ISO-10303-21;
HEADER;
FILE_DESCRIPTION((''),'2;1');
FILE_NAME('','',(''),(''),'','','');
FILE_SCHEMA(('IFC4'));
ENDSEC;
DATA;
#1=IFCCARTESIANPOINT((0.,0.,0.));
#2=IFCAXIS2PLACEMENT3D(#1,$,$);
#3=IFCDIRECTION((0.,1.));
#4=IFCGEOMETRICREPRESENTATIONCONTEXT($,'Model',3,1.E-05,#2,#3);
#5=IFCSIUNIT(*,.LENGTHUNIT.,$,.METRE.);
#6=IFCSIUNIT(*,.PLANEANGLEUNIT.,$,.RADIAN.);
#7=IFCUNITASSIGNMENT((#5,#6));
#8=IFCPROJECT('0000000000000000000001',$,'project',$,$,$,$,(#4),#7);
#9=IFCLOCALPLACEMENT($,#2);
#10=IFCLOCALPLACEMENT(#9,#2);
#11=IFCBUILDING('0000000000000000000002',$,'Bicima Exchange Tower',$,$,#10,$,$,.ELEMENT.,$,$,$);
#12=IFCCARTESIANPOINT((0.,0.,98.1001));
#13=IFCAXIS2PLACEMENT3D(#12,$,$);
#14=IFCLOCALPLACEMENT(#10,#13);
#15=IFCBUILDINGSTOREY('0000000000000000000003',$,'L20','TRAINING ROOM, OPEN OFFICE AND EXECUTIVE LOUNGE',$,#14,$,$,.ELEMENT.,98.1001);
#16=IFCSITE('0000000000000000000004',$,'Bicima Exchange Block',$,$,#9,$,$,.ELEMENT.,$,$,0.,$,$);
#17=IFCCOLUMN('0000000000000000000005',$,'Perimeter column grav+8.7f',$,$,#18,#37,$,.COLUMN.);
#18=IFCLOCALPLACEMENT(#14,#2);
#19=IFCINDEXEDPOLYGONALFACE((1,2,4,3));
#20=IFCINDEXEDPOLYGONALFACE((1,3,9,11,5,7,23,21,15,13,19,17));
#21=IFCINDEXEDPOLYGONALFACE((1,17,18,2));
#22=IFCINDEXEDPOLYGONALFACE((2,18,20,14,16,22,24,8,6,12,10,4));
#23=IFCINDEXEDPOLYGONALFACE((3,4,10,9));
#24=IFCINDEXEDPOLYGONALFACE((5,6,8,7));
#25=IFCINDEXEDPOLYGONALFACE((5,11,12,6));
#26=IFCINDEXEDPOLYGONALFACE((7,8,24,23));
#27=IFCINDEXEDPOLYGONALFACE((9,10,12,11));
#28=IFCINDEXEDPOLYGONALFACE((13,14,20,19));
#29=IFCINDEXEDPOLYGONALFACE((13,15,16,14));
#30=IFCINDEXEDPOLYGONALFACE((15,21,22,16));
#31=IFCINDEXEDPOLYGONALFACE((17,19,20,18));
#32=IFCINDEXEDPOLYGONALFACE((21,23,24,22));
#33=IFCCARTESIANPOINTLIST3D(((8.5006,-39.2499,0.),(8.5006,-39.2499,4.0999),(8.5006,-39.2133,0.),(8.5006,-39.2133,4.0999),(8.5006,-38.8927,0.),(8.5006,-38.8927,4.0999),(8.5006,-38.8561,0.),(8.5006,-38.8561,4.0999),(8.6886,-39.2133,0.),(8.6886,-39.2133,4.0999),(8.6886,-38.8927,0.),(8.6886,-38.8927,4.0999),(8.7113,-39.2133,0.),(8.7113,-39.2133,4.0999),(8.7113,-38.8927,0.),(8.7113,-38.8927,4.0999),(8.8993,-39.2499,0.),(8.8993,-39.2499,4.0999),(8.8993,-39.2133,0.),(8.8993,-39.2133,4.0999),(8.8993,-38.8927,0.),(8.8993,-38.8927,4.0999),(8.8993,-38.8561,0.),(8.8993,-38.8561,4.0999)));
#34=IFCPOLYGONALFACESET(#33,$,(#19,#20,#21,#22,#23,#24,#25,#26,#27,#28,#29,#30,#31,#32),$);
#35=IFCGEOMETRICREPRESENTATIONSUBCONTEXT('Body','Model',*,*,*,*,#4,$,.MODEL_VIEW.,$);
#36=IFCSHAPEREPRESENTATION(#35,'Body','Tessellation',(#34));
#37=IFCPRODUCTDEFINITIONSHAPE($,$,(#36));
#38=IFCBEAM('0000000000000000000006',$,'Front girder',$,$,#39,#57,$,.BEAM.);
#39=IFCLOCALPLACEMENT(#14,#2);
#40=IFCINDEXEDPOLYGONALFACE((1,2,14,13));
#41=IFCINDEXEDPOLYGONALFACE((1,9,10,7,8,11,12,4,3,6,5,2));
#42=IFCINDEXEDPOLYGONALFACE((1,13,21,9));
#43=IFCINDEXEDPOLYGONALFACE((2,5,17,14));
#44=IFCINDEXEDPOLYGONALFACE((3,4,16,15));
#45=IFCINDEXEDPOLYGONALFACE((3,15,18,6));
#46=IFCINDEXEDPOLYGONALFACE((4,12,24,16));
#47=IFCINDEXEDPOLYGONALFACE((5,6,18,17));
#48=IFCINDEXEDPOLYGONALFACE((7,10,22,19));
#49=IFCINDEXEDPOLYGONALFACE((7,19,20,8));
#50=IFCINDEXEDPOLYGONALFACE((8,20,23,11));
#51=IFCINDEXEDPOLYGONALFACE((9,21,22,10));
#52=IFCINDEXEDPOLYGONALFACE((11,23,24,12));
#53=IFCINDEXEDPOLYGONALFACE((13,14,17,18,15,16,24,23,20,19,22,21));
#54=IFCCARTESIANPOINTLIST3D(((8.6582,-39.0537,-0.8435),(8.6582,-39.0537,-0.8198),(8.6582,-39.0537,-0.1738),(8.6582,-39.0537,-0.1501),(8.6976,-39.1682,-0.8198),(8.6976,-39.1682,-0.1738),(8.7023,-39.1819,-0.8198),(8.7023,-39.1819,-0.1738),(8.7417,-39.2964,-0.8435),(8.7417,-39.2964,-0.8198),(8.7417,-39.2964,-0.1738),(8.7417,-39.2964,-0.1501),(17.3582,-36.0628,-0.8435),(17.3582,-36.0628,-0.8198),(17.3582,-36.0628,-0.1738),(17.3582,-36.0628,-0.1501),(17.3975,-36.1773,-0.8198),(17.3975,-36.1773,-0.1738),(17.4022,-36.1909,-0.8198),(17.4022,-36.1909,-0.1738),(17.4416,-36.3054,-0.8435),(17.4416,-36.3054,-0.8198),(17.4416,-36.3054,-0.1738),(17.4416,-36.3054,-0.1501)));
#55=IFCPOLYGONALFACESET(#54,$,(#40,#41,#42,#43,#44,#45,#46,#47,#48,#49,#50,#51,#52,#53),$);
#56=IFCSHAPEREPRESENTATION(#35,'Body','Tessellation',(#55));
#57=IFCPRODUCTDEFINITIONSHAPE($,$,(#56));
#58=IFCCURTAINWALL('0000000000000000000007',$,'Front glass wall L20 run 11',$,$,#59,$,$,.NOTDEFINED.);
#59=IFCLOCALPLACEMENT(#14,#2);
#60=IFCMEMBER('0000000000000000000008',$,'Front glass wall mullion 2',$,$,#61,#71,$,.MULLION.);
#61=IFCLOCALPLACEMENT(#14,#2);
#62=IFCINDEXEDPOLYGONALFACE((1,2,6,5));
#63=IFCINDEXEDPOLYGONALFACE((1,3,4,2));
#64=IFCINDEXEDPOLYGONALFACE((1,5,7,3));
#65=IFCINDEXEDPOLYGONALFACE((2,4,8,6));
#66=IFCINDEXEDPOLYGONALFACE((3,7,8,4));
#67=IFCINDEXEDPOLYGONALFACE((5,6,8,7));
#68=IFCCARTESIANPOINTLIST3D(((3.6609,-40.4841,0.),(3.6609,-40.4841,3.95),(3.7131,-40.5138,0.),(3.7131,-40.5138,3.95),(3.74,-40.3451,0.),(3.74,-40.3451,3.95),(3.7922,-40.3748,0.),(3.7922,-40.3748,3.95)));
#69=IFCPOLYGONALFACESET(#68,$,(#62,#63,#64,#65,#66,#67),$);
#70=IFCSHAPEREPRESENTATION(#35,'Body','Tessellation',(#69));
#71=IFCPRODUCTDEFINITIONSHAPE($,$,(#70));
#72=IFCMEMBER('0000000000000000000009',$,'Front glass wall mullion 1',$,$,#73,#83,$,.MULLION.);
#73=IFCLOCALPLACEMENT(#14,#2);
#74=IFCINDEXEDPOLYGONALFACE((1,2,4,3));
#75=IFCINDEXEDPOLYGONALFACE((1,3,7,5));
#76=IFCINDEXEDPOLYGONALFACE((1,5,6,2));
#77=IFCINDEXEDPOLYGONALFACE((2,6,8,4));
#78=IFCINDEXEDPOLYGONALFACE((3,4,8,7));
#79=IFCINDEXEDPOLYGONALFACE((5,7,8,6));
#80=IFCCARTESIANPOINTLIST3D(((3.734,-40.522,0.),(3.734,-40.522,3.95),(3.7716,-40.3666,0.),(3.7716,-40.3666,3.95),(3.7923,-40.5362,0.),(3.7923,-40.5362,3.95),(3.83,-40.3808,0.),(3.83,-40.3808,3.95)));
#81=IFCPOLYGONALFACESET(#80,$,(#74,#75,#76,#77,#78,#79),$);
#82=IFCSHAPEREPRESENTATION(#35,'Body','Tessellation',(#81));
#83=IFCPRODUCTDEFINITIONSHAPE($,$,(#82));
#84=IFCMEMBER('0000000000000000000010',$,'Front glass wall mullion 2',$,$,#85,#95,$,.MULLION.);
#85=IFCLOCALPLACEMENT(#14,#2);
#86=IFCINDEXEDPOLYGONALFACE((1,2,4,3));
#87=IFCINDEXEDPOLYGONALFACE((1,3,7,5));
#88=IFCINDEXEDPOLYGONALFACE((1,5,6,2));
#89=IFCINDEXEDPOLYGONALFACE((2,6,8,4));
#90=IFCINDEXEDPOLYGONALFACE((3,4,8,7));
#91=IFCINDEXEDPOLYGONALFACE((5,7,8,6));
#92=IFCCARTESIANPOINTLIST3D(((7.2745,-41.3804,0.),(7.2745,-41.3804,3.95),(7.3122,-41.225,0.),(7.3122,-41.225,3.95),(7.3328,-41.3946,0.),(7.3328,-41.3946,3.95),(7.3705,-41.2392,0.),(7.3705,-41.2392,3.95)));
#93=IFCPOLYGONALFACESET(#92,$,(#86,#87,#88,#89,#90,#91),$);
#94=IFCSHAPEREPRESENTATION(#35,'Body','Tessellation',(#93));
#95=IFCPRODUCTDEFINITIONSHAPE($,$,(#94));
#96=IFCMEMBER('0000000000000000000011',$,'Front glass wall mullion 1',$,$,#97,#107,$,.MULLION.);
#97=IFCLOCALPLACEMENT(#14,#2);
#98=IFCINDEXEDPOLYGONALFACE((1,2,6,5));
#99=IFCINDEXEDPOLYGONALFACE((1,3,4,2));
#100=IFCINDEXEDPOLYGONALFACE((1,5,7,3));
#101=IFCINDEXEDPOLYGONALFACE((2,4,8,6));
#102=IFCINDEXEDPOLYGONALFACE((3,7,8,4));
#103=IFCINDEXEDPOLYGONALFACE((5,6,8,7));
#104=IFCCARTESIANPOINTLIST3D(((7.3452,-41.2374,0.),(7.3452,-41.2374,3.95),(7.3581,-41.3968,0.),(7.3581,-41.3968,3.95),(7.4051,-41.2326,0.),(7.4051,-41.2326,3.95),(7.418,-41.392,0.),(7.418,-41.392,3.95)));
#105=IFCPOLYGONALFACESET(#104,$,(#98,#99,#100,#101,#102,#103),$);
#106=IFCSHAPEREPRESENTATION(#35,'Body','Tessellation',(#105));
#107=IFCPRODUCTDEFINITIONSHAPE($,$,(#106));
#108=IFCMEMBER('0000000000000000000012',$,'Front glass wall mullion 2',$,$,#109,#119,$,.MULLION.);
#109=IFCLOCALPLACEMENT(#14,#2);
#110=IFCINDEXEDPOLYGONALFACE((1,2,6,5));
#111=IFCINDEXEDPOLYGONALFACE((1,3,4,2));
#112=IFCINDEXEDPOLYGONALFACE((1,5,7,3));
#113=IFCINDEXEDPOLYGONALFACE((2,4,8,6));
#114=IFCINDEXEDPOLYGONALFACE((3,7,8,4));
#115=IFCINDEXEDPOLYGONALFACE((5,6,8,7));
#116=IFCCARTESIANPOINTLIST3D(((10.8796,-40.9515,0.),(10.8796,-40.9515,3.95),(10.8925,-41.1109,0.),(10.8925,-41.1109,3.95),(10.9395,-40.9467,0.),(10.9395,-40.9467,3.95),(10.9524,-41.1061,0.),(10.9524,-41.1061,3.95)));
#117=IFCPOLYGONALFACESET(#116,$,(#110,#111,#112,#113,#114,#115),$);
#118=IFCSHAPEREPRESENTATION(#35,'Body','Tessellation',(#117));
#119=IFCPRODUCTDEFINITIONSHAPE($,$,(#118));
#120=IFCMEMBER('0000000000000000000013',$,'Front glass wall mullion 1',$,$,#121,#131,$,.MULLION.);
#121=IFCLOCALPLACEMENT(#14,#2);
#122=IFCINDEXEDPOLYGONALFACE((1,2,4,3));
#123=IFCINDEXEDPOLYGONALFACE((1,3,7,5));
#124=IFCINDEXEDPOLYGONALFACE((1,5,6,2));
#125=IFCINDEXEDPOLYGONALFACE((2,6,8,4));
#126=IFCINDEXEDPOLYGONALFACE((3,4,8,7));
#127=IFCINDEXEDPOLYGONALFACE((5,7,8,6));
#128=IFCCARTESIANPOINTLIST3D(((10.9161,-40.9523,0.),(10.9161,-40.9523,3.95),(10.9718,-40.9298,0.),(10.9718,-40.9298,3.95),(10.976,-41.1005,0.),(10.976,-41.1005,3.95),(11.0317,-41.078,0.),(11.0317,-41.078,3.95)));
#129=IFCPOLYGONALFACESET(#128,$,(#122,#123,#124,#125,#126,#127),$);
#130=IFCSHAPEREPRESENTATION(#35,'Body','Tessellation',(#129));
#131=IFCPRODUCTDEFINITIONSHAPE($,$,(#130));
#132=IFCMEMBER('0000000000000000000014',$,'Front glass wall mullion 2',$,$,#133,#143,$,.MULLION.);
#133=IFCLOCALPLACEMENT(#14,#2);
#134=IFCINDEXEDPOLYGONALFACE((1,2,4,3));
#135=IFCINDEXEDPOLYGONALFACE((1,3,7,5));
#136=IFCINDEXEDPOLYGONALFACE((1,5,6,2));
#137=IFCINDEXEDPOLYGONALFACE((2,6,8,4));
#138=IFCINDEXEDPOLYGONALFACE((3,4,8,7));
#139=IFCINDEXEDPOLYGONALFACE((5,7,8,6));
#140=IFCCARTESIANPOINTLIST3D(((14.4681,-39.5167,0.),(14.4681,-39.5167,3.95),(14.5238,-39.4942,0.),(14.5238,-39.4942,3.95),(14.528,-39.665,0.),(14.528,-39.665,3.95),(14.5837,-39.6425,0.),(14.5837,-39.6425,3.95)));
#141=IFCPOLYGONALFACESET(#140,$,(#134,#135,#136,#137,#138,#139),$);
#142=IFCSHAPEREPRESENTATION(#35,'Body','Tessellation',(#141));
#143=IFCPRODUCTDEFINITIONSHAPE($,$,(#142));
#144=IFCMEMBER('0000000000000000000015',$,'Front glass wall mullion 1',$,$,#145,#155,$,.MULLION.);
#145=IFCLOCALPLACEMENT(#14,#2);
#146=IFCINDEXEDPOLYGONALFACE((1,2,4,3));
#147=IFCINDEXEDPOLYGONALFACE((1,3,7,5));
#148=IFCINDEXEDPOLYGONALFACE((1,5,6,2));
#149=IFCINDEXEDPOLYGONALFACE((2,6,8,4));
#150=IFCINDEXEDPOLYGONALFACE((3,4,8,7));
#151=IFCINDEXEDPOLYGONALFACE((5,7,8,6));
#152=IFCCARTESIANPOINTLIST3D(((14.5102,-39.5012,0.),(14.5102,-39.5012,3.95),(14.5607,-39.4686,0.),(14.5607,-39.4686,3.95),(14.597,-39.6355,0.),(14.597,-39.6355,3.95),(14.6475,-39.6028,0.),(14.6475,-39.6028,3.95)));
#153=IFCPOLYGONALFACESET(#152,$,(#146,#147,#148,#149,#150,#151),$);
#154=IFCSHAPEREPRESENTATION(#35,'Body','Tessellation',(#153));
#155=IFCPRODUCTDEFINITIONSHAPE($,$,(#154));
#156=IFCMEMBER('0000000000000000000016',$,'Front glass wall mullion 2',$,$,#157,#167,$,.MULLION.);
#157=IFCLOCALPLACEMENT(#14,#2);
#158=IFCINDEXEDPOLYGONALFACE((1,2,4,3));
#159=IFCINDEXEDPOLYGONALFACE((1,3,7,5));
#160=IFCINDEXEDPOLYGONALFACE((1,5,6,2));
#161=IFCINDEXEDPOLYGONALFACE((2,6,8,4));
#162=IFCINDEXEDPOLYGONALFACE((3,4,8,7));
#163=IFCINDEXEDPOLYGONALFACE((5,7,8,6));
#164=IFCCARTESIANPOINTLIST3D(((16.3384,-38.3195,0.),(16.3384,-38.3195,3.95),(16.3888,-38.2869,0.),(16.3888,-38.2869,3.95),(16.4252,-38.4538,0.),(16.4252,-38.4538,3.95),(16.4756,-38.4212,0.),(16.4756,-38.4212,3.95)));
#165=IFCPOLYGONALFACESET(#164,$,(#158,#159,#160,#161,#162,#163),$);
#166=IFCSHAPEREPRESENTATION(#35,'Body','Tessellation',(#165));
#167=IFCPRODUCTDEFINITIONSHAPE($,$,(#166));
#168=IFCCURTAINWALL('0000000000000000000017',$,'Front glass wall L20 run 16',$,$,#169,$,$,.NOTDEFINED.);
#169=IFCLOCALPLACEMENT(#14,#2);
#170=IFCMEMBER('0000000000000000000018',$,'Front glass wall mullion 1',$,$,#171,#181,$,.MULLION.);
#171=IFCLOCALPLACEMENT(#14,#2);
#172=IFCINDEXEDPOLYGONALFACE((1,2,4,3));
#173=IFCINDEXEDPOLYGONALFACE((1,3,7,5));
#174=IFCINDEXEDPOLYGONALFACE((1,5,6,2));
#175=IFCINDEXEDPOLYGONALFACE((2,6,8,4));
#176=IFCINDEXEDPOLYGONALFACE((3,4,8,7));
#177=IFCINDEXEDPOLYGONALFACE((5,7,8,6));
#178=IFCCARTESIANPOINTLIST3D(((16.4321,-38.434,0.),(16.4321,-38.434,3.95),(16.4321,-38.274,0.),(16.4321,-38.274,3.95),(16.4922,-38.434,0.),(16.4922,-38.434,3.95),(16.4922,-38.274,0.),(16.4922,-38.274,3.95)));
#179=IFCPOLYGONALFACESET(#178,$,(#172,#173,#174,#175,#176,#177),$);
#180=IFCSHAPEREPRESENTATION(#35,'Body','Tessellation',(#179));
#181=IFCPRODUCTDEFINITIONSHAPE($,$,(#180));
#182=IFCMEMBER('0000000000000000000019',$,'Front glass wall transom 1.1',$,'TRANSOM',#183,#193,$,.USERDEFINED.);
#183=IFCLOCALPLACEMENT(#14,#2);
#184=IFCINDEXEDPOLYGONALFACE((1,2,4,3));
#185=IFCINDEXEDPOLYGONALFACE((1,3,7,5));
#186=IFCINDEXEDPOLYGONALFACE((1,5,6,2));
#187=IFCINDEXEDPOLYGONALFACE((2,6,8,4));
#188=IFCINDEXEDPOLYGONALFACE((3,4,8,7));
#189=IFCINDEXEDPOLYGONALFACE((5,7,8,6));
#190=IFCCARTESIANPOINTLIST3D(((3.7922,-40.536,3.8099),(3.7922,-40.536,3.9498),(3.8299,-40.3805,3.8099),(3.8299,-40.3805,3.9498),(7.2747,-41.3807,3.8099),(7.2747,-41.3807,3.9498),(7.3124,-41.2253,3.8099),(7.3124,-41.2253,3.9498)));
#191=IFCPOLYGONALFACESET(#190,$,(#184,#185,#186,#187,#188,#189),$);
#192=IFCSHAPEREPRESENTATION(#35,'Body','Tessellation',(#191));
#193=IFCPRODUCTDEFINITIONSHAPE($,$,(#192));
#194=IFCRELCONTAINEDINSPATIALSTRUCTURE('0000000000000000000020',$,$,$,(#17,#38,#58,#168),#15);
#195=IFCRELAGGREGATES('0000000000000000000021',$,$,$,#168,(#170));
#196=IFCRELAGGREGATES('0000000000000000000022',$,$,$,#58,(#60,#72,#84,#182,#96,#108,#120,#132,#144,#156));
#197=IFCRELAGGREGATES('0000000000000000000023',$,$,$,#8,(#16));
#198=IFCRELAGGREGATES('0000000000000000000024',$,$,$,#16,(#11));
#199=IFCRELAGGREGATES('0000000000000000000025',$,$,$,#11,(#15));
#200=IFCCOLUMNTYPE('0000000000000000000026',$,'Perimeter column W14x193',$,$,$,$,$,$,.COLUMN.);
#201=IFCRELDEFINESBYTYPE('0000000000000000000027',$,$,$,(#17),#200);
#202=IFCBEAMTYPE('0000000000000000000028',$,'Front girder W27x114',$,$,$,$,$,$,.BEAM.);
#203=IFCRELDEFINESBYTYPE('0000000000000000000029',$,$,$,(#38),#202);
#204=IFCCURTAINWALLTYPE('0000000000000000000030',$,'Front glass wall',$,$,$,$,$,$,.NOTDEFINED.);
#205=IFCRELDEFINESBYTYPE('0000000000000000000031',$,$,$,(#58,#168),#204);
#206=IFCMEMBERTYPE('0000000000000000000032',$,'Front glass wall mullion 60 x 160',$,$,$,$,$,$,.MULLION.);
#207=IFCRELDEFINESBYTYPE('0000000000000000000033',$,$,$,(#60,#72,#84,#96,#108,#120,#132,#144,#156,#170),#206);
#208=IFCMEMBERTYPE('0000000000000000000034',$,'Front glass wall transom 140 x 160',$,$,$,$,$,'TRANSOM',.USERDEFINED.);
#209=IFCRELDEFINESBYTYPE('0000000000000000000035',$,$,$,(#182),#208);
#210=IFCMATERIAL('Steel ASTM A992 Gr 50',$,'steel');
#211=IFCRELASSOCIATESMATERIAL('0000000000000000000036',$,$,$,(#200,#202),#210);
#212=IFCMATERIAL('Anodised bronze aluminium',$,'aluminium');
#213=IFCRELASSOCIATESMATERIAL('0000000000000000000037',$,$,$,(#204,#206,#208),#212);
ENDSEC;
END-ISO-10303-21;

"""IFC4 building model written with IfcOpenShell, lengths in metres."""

from ifc_helpers import new_model, si_unit, direction, frame, origin, origin_2d, place, context, subcontext, project, spatial, rectangle, i_section, extrude, material, material_profile, profile_set, type_object, element, aggregate, save


model = new_model("IFC4")

# Units and contexts
model_context = context("Model", 3, precision=1e-05, world=origin(), true_north=direction((0.0, 1.0)))
body_context = subcontext(model_context, "Body", "Model", "MODEL_VIEW")
ifc_project = project(units=[si_unit("LENGTHUNIT", "METRE"), si_unit("PLANEANGLEUNIT", "RADIAN")], contexts=[model_context])

# Site, building, storey
site_placement = place(None, origin())
site = spatial("IfcSite", under=ifc_project, at=site_placement, Name="Bicima Exchange Block", CompositionType="ELEMENT", RefElevation=0.0)
building_placement = place(site_placement, origin())
building = spatial("IfcBuilding", under=site, at=building_placement, Name="Bicima Exchange Tower", CompositionType="ELEMENT")
storey_placement = place(building_placement, frame((0.0, 0.0, 98.1001)))
storey = spatial("IfcBuildingStorey", under=building, at=storey_placement, Name="L20", Description="TRAINING ROOM, OPEN OFFICE AND EXECUTIVE LOUNGE", CompositionType="ELEMENT", Elevation=98.1001)

# Column
ifc_material_1 = material(Name="Steel ASTM A992 Gr 50", Category="steel")
ifc_material_profile_1 = material_profile(ifc_material_1, i_section(OverallWidth=0.3987, OverallDepth=0.3938, WebThickness=0.0227, FlangeThickness=0.0366, at=origin_2d()))
ifc_profile_set_1 = profile_set([ifc_material_profile_1], Name="Steel ASTM A992 Gr 50")
column_type = type_object("IfcColumnType", Name="Perimeter column W14x193", PredefinedType="COLUMN", material=ifc_profile_set_1)
column_placement = place(storey_placement, frame((8.7, -39.053, 0.0), z_axis=(0.0, 0.0, 1.0), x_axis=(1.0, 0.0, 0.0)))
element("IfcColumn", 1, at=column_placement, inside=storey, type_object=column_type, Name="Perimeter column grav+8.7f", PredefinedType="COLUMN", context=body_context, shape_type="SweptSolid", body=[
    extrude(i_section(OverallWidth=0.3987, OverallDepth=0.3938, WebThickness=0.0227, FlangeThickness=0.0366, at=origin_2d()), origin(), (0.0, 0.0, 1.0), 4.0999),
])

# Beam
ifc_material_profile_2 = material_profile(ifc_material_1, i_section(OverallWidth=0.2566, OverallDepth=0.6934, WebThickness=0.0144, FlangeThickness=0.0237, at=origin_2d()))
ifc_profile_set_2 = profile_set([ifc_material_profile_2], Name="Steel ASTM A992 Gr 50")
beam_type = type_object("IfcBeamType", Name="Front girder W27x114", PredefinedType="BEAM", material=ifc_profile_set_2)
beam_placement = place(storey_placement, frame((8.7, -39.175, -0.4968), z_axis=(0.945675, 0.325115, 0.0), x_axis=(-0.325115, 0.945675, 0.0)))
element("IfcBeam", 2, at=beam_placement, inside=storey, type_object=beam_type, Name="Front girder", PredefinedType="BEAM", context=body_context, shape_type="SweptSolid", body=[
    extrude(i_section(OverallWidth=0.2566, OverallDepth=0.6934, WebThickness=0.0144, FlangeThickness=0.0237, at=origin_2d()), origin(), (0.0, 0.0, 1.0), 9.1997),
])

# Curtain wall, members
ifc_material_2 = material(Name="Anodised bronze aluminium", Category="aluminium")
curtain_wall_type = type_object("IfcCurtainWallType", Name="Front glass wall", PredefinedType="NOTDEFINED", material=ifc_material_2)
curtain_wall_1_placement = place(storey_placement, origin())
curtain_wall_1 = element("IfcCurtainWall", 3, at=curtain_wall_1_placement, inside=storey, type_object=curtain_wall_type, Name="Front glass wall L20 run 11", PredefinedType="NOTDEFINED")
ifc_material_profile_3 = material_profile(ifc_material_2, rectangle(XDim=0.1599, YDim=0.0601, at=origin_2d()))
ifc_profile_set_3 = profile_set([ifc_material_profile_3], Name="Anodised bronze aluminium")
member_type_1 = type_object("IfcMemberType", Name="Front glass wall mullion 60 x 160", PredefinedType="MULLION", material=ifc_profile_set_3)
member_1_placement = place(storey_placement, frame((3.7266, -40.4294, 0.0), z_axis=(0.0, 0.0, 1.0), x_axis=(0.49433, 0.869274, 0.0)))
member_1 = element("IfcMember", 4, at=member_1_placement, type_object=member_type_1, Name="Front glass wall mullion 2", PredefinedType="MULLION", context=body_context, shape_type="SweptSolid", body=[
    extrude(rectangle(XDim=0.1599, YDim=0.0601, at=origin_2d()), origin(), (0.0, 0.0, 1.0), 3.95),
])
member_2_placement = place(storey_placement, frame((3.782, -40.4514, 0.0), z_axis=(0.0, 0.0, 1.0), x_axis=(0.235682, 0.97183, 0.0)))
member_2 = element("IfcMember", 5, at=member_2_placement, type_object=member_type_1, Name="Front glass wall mullion 1", PredefinedType="MULLION", context=body_context, shape_type="SweptSolid", body=[
    extrude(rectangle(XDim=0.1599, YDim=0.0601, at=origin_2d()), origin(), (0.0, 0.0, 1.0), 3.95),
])
member_3_placement = place(storey_placement, frame((7.3225, -41.3098, 0.0), z_axis=(0.0, 0.0, 1.0), x_axis=(0.235682, 0.97183, 0.0)))
member_3 = element("IfcMember", 6, at=member_3_placement, type_object=member_type_1, Name="Front glass wall mullion 2", PredefinedType="MULLION", context=body_context, shape_type="SweptSolid", body=[
    extrude(rectangle(XDim=0.1599, YDim=0.0601, at=origin_2d()), origin(), (0.0, 0.0, 1.0), 3.95),
])
member_4_placement = place(storey_placement, frame((7.3816, -41.3147, 0.0), z_axis=(0.0, 0.0, 1.0), x_axis=(-0.080589, 0.996747, 0.0)))
member_4 = element("IfcMember", 7, at=member_4_placement, type_object=member_type_1, Name="Front glass wall mullion 1", PredefinedType="MULLION", context=body_context, shape_type="SweptSolid", body=[
    extrude(rectangle(XDim=0.1599, YDim=0.0601, at=origin_2d()), origin(), (0.0, 0.0, 1.0), 3.95),
])
member_5_placement = place(storey_placement, frame((10.916, -41.0288, 0.0), z_axis=(0.0, 0.0, 1.0), x_axis=(-0.080589, 0.996747, 0.0)))
member_5 = element("IfcMember", 8, at=member_5_placement, type_object=member_type_1, Name="Front glass wall mullion 2", PredefinedType="MULLION", context=body_context, shape_type="SweptSolid", body=[
    extrude(rectangle(XDim=0.1599, YDim=0.0601, at=origin_2d()), origin(), (0.0, 0.0, 1.0), 3.95),
])
member_6_placement = place(storey_placement, frame((10.9739, -41.0151, 0.0), z_axis=(0.0, 0.0, 1.0), x_axis=(-0.374705, 0.927144, 0.0)))
member_6 = element("IfcMember", 9, at=member_6_placement, type_object=member_type_1, Name="Front glass wall mullion 1", PredefinedType="MULLION", context=body_context, shape_type="SweptSolid", body=[
    extrude(rectangle(XDim=0.1599, YDim=0.0601, at=origin_2d()), origin(), (0.0, 0.0, 1.0), 3.95),
])
member_7_placement = place(storey_placement, frame((14.5259, -39.5796, 0.0), z_axis=(0.0, 0.0, 1.0), x_axis=(-0.374705, 0.927144, 0.0)))
member_7 = element("IfcMember", 10, at=member_7_placement, type_object=member_type_1, Name="Front glass wall mullion 2", PredefinedType="MULLION", context=body_context, shape_type="SweptSolid", body=[
    extrude(rectangle(XDim=0.1599, YDim=0.0601, at=origin_2d()), origin(), (0.0, 0.0, 1.0), 3.95),
])
member_8_placement = place(storey_placement, frame((14.5789, -39.552, 0.0), z_axis=(0.0, 0.0, 1.0), x_axis=(-0.542909, 0.839791, 0.0)))
member_8 = element("IfcMember", 11, at=member_8_placement, type_object=member_type_1, Name="Front glass wall mullion 1", PredefinedType="MULLION", context=body_context, shape_type="SweptSolid", body=[
    extrude(rectangle(XDim=0.1599, YDim=0.0601, at=origin_2d()), origin(), (0.0, 0.0, 1.0), 3.95),
])
member_9_placement = place(storey_placement, frame((16.407, -38.3704, 0.0), z_axis=(0.0, 0.0, 1.0), x_axis=(-0.542909, 0.839791, 0.0)))
member_9 = element("IfcMember", 12, at=member_9_placement, type_object=member_type_1, Name="Front glass wall mullion 2", PredefinedType="MULLION", context=body_context, shape_type="SweptSolid", body=[
    extrude(rectangle(XDim=0.1599, YDim=0.0601, at=origin_2d()), origin(), (0.0, 0.0, 1.0), 3.95),
])

# Curtain wall, member
curtain_wall_2_placement = place(storey_placement, origin())
curtain_wall_2 = element("IfcCurtainWall", 13, at=curtain_wall_2_placement, inside=storey, type_object=curtain_wall_type, Name="Front glass wall L20 run 16", PredefinedType="NOTDEFINED")
member_10_placement = place(storey_placement, frame((16.4622, -38.354, 0.0), z_axis=(0.0, 0.0, 1.0), x_axis=(0.0, 1.0, 0.0)))
member_10 = element("IfcMember", 14, at=member_10_placement, type_object=member_type_1, Name="Front glass wall mullion 1", PredefinedType="MULLION", context=body_context, shape_type="SweptSolid", body=[
    extrude(rectangle(XDim=0.1599, YDim=0.0601, at=origin_2d()), origin(), (0.0, 0.0, 1.0), 3.95),
])

# Member
ifc_material_profile_4 = material_profile(ifc_material_2, rectangle(XDim=0.1599, YDim=0.1399, at=origin_2d()))
ifc_profile_set_4 = profile_set([ifc_material_profile_4], Name="Anodised bronze aluminium")
member_type_2 = type_object("IfcMemberType", Name="Front glass wall transom 140 x 160", ElementType="TRANSOM", PredefinedType="USERDEFINED", material=ifc_profile_set_4)
member_11_placement = place(storey_placement, frame((3.811, -40.4583, 3.8799), z_axis=(0.971818, -0.235733, 0.0), x_axis=(0.235733, 0.971818, 0.0)))
member_11 = element("IfcMember", 15, at=member_11_placement, type_object=member_type_2, Name="Front glass wall transom 1.1", ObjectType="TRANSOM", PredefinedType="USERDEFINED", context=body_context, shape_type="SweptSolid", body=[
    extrude(rectangle(XDim=0.1599, YDim=0.1399, at=origin_2d()), origin(), (0.0, 0.0, 1.0), 3.5835),
])
aggregate(curtain_wall_2, [member_10])

aggregate(curtain_wall_1, [member_1, member_2, member_3, member_11, member_4, member_5, member_6, member_7, member_8, member_9])

save(model, "model.ifc")
